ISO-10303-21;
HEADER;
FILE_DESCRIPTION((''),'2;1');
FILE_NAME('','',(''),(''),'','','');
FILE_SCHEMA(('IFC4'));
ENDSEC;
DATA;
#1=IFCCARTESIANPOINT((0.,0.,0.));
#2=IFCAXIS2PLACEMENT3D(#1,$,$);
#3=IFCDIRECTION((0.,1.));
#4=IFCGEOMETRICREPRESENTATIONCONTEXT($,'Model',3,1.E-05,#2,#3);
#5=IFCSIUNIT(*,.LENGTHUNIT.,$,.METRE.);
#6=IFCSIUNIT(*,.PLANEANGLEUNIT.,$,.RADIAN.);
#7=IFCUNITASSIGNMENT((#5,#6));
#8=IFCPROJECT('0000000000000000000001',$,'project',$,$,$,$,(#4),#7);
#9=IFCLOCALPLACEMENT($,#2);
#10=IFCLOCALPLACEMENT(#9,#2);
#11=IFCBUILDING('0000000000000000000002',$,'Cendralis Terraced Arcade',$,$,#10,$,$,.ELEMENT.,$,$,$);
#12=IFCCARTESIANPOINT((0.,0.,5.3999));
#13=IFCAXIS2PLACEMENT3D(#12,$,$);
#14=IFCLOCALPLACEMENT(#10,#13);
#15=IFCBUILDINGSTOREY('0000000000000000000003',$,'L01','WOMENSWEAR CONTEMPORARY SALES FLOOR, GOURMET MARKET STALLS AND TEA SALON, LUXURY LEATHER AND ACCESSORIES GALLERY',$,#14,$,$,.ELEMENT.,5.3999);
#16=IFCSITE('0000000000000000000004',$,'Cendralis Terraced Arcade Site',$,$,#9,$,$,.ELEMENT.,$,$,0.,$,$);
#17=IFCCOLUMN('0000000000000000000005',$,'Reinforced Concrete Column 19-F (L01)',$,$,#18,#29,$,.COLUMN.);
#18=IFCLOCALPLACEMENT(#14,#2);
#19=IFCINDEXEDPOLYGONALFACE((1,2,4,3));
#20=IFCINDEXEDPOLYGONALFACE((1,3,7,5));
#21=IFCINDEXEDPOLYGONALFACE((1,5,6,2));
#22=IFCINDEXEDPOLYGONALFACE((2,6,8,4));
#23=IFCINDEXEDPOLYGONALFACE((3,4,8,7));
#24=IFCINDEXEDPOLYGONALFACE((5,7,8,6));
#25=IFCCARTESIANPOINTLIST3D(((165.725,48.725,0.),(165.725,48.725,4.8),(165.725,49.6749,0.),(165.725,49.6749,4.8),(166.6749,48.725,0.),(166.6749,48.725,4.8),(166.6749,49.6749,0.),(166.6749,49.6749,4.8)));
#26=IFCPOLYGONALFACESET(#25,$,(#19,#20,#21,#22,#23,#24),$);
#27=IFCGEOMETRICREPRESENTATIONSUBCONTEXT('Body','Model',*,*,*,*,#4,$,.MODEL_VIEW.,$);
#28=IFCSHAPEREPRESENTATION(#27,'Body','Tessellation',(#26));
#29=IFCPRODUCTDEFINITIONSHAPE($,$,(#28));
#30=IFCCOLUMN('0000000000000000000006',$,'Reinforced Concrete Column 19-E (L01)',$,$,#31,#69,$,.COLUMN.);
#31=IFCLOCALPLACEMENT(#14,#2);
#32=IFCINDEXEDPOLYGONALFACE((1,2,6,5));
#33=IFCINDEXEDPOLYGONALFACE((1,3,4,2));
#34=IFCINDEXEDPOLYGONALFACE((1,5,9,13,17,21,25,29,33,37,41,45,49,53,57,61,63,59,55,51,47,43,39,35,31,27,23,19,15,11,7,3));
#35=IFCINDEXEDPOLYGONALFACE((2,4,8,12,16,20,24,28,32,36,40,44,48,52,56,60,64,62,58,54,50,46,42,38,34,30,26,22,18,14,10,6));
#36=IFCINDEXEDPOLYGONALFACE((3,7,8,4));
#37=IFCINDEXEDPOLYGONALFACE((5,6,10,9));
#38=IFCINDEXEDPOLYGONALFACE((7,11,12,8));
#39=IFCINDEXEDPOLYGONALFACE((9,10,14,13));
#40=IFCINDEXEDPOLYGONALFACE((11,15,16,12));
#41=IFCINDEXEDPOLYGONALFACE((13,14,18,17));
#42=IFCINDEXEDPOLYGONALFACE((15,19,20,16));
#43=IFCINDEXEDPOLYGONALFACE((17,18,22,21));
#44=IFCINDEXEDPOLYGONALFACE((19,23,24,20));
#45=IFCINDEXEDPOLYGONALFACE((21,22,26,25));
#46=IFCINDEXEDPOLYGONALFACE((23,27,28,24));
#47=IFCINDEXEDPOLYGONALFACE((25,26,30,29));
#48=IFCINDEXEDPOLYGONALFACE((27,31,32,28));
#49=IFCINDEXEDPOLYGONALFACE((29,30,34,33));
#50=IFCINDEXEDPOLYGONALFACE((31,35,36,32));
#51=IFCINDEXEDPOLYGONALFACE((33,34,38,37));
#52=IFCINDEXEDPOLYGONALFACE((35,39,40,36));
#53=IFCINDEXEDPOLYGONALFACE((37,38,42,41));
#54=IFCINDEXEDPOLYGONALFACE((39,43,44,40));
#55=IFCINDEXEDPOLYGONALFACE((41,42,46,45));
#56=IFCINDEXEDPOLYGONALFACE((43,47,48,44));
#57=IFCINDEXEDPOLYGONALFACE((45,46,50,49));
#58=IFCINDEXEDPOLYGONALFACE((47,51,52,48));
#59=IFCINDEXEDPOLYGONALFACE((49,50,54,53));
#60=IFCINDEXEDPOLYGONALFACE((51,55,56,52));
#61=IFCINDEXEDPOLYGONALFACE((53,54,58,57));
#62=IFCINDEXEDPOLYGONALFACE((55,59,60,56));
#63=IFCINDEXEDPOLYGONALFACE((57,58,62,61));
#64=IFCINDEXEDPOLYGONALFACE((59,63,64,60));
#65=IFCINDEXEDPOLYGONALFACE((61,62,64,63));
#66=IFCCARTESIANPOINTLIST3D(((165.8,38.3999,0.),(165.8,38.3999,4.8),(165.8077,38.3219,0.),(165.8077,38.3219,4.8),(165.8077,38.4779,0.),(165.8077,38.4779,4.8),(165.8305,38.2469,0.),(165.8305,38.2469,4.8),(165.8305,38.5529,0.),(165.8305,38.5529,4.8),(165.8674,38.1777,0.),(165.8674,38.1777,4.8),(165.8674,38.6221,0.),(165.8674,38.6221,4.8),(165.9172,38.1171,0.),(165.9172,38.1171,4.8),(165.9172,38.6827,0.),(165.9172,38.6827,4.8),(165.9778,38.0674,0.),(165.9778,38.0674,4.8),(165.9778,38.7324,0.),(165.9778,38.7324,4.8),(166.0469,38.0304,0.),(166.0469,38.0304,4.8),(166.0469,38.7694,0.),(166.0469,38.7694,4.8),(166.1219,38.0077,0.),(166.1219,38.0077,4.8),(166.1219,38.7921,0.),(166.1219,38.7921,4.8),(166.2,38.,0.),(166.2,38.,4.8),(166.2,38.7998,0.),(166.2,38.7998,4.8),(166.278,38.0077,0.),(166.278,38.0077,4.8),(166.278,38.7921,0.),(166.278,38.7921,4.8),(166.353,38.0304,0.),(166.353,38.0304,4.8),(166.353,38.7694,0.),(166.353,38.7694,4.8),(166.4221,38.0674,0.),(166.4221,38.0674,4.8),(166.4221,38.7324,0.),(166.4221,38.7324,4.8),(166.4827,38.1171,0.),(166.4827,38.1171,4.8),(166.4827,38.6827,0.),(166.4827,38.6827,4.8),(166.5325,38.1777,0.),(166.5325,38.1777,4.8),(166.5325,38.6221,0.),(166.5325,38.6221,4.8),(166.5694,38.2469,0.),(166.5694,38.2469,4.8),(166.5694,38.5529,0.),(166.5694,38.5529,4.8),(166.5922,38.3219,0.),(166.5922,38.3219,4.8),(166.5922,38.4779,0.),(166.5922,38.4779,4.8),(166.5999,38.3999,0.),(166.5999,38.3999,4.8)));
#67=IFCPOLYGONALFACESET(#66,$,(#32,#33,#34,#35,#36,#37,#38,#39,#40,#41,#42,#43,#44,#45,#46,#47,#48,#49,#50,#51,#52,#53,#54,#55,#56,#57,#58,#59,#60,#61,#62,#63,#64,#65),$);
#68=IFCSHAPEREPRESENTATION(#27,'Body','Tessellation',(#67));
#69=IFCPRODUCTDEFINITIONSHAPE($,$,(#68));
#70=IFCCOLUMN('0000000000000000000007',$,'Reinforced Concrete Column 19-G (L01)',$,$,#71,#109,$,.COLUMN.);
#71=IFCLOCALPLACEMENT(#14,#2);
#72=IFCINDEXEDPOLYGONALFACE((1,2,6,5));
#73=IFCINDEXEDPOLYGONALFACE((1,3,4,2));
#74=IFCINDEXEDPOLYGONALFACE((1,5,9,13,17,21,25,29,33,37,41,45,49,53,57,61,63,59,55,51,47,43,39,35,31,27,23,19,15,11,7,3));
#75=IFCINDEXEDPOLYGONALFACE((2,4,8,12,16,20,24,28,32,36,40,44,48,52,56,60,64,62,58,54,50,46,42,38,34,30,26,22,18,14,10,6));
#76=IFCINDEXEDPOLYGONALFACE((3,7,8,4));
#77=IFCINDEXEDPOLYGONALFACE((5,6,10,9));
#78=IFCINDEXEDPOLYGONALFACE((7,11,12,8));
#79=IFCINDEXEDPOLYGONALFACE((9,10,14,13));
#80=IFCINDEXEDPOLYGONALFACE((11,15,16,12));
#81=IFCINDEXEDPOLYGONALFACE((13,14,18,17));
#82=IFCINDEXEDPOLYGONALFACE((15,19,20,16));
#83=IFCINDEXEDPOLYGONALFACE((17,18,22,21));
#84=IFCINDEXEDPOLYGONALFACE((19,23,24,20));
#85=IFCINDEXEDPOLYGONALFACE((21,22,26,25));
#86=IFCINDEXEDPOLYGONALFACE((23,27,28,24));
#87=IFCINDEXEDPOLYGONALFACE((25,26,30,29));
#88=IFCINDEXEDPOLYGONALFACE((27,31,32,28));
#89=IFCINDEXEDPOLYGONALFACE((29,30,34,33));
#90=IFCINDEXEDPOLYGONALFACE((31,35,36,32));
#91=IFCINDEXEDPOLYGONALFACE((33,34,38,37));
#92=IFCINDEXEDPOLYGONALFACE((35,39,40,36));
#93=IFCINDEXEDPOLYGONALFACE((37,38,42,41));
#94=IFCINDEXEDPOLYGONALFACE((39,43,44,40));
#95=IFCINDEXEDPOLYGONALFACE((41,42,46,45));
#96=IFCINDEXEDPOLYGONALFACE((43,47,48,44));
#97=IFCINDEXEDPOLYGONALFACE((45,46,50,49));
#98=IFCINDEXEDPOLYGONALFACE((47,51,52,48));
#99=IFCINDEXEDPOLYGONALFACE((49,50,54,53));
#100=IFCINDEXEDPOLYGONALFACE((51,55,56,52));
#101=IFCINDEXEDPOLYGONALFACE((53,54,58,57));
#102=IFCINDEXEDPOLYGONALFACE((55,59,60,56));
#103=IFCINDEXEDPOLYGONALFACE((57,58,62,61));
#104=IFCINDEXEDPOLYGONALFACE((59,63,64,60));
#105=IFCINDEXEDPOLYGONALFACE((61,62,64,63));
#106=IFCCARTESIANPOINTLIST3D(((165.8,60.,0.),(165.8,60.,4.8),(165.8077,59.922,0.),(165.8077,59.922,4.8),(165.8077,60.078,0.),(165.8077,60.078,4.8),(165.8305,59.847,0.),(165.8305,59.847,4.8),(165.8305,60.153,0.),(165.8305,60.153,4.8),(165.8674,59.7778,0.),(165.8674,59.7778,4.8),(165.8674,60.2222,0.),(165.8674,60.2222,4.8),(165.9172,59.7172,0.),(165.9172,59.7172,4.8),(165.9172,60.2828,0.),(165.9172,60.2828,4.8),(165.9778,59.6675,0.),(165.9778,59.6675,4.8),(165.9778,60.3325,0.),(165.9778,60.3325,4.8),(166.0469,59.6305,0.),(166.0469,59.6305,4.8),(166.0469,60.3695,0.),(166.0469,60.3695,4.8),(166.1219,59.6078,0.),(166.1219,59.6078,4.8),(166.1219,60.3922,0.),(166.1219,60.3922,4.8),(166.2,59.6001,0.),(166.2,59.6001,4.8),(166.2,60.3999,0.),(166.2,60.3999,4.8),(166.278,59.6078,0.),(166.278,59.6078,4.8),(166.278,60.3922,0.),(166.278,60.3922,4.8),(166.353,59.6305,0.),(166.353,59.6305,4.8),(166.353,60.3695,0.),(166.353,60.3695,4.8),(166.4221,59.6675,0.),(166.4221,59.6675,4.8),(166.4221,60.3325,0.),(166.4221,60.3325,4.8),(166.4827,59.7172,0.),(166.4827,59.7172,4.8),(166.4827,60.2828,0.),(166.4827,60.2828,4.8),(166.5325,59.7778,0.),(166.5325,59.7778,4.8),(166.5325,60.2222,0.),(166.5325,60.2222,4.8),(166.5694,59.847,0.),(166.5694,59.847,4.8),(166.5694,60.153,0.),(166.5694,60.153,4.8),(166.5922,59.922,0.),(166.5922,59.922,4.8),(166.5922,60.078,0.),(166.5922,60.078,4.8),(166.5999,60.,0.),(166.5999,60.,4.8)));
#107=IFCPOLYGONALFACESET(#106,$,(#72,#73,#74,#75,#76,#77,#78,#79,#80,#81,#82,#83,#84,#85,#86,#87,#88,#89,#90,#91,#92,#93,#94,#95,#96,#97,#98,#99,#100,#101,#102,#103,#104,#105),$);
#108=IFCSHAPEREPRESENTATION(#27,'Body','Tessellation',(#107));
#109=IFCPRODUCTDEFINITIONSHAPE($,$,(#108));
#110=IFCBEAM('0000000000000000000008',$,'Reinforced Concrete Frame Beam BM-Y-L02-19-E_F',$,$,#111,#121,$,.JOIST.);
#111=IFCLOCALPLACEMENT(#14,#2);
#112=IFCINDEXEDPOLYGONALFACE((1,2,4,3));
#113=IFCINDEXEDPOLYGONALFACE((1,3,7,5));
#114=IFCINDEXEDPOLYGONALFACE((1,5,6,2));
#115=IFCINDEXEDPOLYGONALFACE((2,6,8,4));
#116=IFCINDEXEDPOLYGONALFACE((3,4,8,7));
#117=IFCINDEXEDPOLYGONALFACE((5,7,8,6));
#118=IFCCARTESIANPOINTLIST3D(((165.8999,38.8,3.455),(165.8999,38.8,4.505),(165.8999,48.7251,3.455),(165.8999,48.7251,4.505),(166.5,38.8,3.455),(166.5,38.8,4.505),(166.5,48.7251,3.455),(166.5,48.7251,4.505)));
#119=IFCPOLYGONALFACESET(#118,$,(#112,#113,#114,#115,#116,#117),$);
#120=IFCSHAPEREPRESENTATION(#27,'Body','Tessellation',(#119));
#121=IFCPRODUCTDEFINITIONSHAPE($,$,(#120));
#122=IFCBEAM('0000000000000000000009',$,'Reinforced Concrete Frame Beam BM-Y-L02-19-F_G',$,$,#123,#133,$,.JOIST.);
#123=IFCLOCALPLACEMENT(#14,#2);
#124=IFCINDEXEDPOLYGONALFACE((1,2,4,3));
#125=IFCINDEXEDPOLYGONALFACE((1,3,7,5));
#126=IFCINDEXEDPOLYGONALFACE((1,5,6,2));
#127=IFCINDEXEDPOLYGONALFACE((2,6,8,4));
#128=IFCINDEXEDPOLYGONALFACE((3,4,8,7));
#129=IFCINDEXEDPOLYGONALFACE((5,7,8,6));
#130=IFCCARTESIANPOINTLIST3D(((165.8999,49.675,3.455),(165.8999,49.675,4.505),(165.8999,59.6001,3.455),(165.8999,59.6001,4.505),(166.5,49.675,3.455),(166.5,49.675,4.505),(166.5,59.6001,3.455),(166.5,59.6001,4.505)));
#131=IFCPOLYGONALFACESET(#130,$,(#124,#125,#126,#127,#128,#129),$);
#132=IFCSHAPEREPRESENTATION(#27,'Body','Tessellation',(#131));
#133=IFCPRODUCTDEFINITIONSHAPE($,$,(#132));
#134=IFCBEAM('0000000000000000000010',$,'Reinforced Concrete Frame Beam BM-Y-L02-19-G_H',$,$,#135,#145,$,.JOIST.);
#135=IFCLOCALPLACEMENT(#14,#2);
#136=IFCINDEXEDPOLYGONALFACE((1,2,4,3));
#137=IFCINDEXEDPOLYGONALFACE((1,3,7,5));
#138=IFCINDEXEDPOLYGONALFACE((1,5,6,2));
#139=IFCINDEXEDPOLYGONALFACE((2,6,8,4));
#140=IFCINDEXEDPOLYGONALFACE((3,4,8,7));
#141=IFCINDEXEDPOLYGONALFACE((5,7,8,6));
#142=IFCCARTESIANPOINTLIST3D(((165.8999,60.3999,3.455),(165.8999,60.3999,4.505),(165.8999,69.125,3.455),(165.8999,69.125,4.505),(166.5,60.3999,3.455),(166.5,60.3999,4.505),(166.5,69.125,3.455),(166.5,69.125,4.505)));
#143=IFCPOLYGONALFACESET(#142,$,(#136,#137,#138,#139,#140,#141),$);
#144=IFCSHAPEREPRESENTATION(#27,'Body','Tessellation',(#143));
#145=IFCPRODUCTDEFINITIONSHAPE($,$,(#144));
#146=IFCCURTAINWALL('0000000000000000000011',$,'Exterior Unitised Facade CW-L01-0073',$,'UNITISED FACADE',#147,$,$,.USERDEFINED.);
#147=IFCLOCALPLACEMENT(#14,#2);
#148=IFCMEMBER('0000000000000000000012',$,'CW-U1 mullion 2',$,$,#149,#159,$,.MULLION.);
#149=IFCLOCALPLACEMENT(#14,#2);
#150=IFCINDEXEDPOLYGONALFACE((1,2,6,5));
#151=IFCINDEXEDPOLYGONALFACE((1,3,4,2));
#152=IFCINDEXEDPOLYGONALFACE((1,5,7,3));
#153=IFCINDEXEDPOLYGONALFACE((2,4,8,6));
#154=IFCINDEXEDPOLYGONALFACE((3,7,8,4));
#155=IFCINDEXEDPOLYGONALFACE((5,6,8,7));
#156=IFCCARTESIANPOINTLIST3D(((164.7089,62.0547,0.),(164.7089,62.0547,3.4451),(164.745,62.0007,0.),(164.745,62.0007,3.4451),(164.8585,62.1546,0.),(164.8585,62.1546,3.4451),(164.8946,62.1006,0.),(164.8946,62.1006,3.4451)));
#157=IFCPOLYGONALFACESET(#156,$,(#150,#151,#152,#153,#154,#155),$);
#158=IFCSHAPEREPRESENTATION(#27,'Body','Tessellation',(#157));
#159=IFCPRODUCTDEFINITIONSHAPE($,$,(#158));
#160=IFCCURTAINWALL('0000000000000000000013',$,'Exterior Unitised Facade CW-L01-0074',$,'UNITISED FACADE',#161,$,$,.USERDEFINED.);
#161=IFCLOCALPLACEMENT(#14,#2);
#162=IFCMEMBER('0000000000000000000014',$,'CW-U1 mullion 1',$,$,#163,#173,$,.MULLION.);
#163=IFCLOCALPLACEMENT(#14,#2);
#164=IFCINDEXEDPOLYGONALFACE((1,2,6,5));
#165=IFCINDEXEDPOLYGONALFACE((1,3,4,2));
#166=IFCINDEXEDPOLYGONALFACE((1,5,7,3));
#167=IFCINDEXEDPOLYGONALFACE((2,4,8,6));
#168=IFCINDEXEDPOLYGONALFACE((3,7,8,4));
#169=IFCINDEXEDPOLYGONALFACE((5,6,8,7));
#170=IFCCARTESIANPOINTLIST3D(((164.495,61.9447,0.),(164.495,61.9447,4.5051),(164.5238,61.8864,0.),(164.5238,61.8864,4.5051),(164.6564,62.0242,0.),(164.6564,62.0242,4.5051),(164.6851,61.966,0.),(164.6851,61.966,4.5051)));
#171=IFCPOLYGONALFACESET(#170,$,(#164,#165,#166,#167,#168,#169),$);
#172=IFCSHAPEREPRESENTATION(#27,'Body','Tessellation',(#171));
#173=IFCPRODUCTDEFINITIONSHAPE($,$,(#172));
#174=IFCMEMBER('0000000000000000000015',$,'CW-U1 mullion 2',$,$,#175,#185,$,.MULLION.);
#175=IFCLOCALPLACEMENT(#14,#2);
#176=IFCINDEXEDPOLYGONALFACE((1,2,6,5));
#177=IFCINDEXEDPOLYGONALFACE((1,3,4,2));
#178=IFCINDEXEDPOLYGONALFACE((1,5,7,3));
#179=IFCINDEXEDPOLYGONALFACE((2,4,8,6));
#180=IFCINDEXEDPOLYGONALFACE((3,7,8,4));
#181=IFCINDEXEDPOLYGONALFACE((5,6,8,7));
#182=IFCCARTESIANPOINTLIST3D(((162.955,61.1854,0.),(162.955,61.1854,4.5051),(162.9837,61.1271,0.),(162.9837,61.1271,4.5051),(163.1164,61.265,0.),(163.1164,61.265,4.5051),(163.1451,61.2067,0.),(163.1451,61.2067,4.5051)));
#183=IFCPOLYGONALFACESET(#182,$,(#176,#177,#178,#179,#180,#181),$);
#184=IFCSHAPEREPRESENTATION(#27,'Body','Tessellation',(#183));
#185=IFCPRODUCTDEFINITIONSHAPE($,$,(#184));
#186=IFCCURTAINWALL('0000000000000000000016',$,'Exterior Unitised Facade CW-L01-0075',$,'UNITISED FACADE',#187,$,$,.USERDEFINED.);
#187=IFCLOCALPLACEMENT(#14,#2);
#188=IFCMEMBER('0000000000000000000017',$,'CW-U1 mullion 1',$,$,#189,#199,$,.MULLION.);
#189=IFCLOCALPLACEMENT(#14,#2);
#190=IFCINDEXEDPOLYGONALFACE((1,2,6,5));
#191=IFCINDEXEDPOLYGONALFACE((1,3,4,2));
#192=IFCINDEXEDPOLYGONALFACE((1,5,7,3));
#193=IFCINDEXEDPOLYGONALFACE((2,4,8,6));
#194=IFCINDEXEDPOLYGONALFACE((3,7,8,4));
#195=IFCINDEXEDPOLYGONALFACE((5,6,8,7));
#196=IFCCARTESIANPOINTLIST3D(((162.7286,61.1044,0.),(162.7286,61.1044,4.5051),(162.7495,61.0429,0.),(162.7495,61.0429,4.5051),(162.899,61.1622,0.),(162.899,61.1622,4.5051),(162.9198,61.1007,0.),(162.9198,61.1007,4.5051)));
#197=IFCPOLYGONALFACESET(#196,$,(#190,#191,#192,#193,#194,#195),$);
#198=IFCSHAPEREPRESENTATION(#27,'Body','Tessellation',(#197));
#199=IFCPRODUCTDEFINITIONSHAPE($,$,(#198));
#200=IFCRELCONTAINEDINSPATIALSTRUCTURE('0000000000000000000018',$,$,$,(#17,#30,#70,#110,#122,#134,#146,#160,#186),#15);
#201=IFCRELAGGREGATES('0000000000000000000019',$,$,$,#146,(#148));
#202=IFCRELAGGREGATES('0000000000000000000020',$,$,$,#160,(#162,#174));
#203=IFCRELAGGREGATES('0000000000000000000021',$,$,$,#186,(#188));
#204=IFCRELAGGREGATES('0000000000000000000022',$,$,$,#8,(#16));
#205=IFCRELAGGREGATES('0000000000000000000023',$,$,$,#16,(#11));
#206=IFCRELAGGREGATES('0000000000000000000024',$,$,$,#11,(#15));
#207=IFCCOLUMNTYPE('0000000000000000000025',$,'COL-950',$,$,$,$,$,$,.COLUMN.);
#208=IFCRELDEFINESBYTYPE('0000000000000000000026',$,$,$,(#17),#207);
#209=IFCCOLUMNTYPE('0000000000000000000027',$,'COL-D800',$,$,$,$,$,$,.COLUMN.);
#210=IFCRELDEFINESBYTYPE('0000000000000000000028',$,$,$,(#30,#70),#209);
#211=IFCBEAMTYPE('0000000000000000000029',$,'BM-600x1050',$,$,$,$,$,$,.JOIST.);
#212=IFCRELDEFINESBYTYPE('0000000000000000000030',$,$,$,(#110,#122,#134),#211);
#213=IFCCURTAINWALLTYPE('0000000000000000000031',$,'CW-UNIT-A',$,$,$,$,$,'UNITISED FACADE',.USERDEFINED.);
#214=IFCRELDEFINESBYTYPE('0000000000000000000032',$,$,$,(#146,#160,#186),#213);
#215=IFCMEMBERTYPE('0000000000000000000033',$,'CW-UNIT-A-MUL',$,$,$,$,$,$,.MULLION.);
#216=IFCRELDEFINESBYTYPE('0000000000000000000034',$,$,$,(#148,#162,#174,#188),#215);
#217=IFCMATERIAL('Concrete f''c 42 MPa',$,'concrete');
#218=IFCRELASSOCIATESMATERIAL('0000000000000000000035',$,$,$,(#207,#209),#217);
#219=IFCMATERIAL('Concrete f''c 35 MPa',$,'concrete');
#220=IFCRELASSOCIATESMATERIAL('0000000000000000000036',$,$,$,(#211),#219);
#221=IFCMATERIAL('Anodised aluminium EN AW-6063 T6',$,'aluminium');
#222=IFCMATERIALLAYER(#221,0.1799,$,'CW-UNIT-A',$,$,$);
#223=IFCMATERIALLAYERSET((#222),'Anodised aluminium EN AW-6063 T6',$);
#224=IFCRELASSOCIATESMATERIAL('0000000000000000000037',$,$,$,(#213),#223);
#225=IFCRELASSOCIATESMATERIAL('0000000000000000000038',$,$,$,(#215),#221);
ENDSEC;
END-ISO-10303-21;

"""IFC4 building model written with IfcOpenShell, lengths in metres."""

from ifc_helpers import new_model, si_unit, direction, frame, origin, origin_2d, place, context, subcontext, project, spatial, rectangle, circle, extrude, material, layer, layer_set, material_profile, profile_set, type_object, element, aggregate, save


model = new_model("IFC4")

# Units and contexts
model_context = context("Model", 3, precision=1e-05, world=origin(), true_north=direction((0.0, 1.0)))
body_context = subcontext(model_context, "Body", "Model", "MODEL_VIEW")
ifc_project = project(units=[si_unit("LENGTHUNIT", "METRE"), si_unit("PLANEANGLEUNIT", "RADIAN")], contexts=[model_context])

# Site, building, storey
site_placement = place(None, origin())
site = spatial("IfcSite", under=ifc_project, at=site_placement, Name="Cendralis Terraced Arcade Site", CompositionType="ELEMENT", RefElevation=0.0)
building_placement = place(site_placement, origin())
building = spatial("IfcBuilding", under=site, at=building_placement, Name="Cendralis Terraced Arcade", CompositionType="ELEMENT")
storey_placement = place(building_placement, frame((0.0, 0.0, 5.3999)))
storey = spatial("IfcBuildingStorey", under=building, at=storey_placement, Name="L01", Description="WOMENSWEAR CONTEMPORARY SALES FLOOR, GOURMET MARKET STALLS AND TEA SALON, LUXURY LEATHER AND ACCESSORIES GALLERY", CompositionType="ELEMENT", Elevation=5.3999)

# Columns
ifc_material_1 = material(Name="Concrete f'c 42 MPa", Category="concrete")
ifc_material_profile_1 = material_profile(ifc_material_1, rectangle(XDim=0.95, YDim=0.95, at=origin_2d()), Name="RC-COL-950x950", Category="LoadBearing")
ifc_profile_set_1 = profile_set([ifc_material_profile_1], Name="Concrete f'c 42 MPa")
column_type_1 = type_object("IfcColumnType", Name="COL-950", PredefinedType="COLUMN", material=ifc_profile_set_1)
column_placement = place(storey_placement, frame((166.2, 49.2, 0.0), z_axis=(0.0, 0.0, 1.0), x_axis=(1.0, 0.0, 0.0)))
element("IfcColumn", 1, at=column_placement, inside=storey, type_object=column_type_1, Name="Reinforced Concrete Column 19-F (L01)", PredefinedType="COLUMN", context=body_context, shape_type="SweptSolid", body=[
    extrude(rectangle(XDim=0.95, YDim=0.95, at=origin_2d()), origin(), (0.0, 0.0, 1.0), 4.8),
])
ifc_material_profile_2 = material_profile(ifc_material_1, circle(Radius=0.3999, at=origin_2d()), Name="RC-COL-D800", Category="LoadBearing")
ifc_profile_set_2 = profile_set([ifc_material_profile_2], Name="Concrete f'c 42 MPa")
column_type_2 = type_object("IfcColumnType", Name="COL-D800", PredefinedType="COLUMN", material=ifc_profile_set_2)
for number, where, z_axis, x_axis, name in (
    (2, (166.2, 38.3999, 0.0), (0.0, 0.0, 1.0), (1.0, 0.0, 0.0), "Reinforced Concrete Column 19-E (L01)"),
    (3, (166.2, 60.0, 0.0), (0.0, 0.0, 1.0), (1.0, 0.0, 0.0), "Reinforced Concrete Column 19-G (L01)"),
):
    element("IfcColumn", number, at=place(storey_placement, frame(where, z_axis=z_axis, x_axis=x_axis)), inside=storey, type_object=column_type_2, Name=name, PredefinedType="COLUMN", context=body_context, shape_type="SweptSolid", body=[
        extrude(circle(Radius=0.3999, at=origin_2d()), origin(), (0.0, 0.0, 1.0), 4.8),
    ])

# Beams
ifc_material_2 = material(Name="Concrete f'c 35 MPa", Category="concrete")
ifc_material_profile_3 = material_profile(ifc_material_2, rectangle(XDim=0.6001, YDim=1.05, at=origin_2d()), Name="RC-BM-600x1050", Category="LoadBearing")
ifc_profile_set_3 = profile_set([ifc_material_profile_3], Name="Concrete f'c 35 MPa")
beam_type = type_object("IfcBeamType", Name="BM-600x1050", PredefinedType="JOIST", material=ifc_profile_set_3)
for number, where, z_axis, x_axis, name in (
    (4, (166.2, 38.8, 3.98), (0.0, 1.0, 0.0), (-1.0, 0.0, 0.0), "Reinforced Concrete Frame Beam BM-Y-L02-19-E_F"),
    (5, (166.2, 49.675, 3.98), (0.0, 1.0, 0.0), (-1.0, 0.0, 0.0), "Reinforced Concrete Frame Beam BM-Y-L02-19-F_G"),
):
    element("IfcBeam", number, at=place(storey_placement, frame(where, z_axis=z_axis, x_axis=x_axis)), inside=storey, type_object=beam_type, Name=name, PredefinedType="JOIST", context=body_context, shape_type="SweptSolid", body=[
        extrude(rectangle(XDim=0.6001, YDim=1.05, at=origin_2d()), origin(), (0.0, 0.0, 1.0), 9.925),
    ])
beam_placement = place(storey_placement, frame((166.2, 60.3999, 3.98), z_axis=(0.0, 1.0, 0.0), x_axis=(-1.0, 0.0, 0.0)))
element("IfcBeam", 6, at=beam_placement, inside=storey, type_object=beam_type, Name="Reinforced Concrete Frame Beam BM-Y-L02-19-G_H", PredefinedType="JOIST", context=body_context, shape_type="SweptSolid", body=[
    extrude(rectangle(XDim=0.6001, YDim=1.05, at=origin_2d()), origin(), (0.0, 0.0, 1.0), 8.7251),
])

# Curtain wall, member
ifc_material_3 = material(Name="Anodised aluminium EN AW-6063 T6", Category="aluminium")
ifc_layer_1 = layer(ifc_material_3, 0.1799, Name="CW-UNIT-A")
ifc_layer_set_1 = layer_set([ifc_layer_1], Name="Anodised aluminium EN AW-6063 T6")
curtain_wall_type = type_object("IfcCurtainWallType", Name="CW-UNIT-A", ElementType="UNITISED FACADE", PredefinedType="USERDEFINED", material=ifc_layer_set_1)
curtain_wall_1_placement = place(storey_placement, origin())
curtain_wall_1 = element("IfcCurtainWall", 7, at=curtain_wall_1_placement, inside=storey, type_object=curtain_wall_type, Name="Exterior Unitised Facade CW-L01-0073", ObjectType="UNITISED FACADE", PredefinedType="USERDEFINED")
ifc_material_profile_4 = material_profile(ifc_material_3, rectangle(XDim=0.0649, YDim=0.1799, at=origin_2d()), Name="ALU-MUL-65x180")
ifc_profile_set_4 = profile_set([ifc_material_profile_4], Name="Anodised aluminium EN AW-6063 T6")
member_type_1 = type_object("IfcMemberType", Name="CW-UNIT-A-MUL", PredefinedType="MULLION", material=ifc_profile_set_4)
member_1_placement = place(storey_placement, frame((164.8018, 62.0776, 0.0), z_axis=(0.0, 0.0, 1.0), x_axis=(0.555567, -0.831471, 0.0)))
member_1 = element("IfcMember", 8, at=member_1_placement, type_object=member_type_1, Name="CW-U1 mullion 2", PredefinedType="MULLION", context=body_context, shape_type="SweptSolid", body=[
    extrude(rectangle(XDim=0.0649, YDim=0.1799, at=origin_2d()), origin(), (0.0, 0.0, 1.0), 3.4451),
])

# Curtain wall, members
curtain_wall_2_placement = place(storey_placement, origin())
curtain_wall_2 = element("IfcCurtainWall", 9, at=curtain_wall_2_placement, inside=storey, type_object=curtain_wall_type, Name="Exterior Unitised Facade CW-L01-0074", ObjectType="UNITISED FACADE", PredefinedType="USERDEFINED")
member_2_placement = place(storey_placement, frame((164.5901, 61.9553, 0.0), z_axis=(0.0, 0.0, 1.0), x_axis=(0.442291, -0.896871, 0.0)))
member_2 = element("IfcMember", 10, at=member_2_placement, type_object=member_type_1, Name="CW-U1 mullion 1", PredefinedType="MULLION", context=body_context, shape_type="SweptSolid", body=[
    extrude(rectangle(XDim=0.0649, YDim=0.1799, at=origin_2d()), origin(), (0.0, 0.0, 1.0), 4.5051),
])
member_3_placement = place(storey_placement, frame((163.05, 61.196, 0.0), z_axis=(0.0, 0.0, 1.0), x_axis=(0.442291, -0.896871, 0.0)))
member_3 = element("IfcMember", 11, at=member_3_placement, type_object=member_type_1, Name="CW-U1 mullion 2", PredefinedType="MULLION", context=body_context, shape_type="SweptSolid", body=[
    extrude(rectangle(XDim=0.0649, YDim=0.1799, at=origin_2d()), origin(), (0.0, 0.0, 1.0), 4.5051),
])

# Curtain wall, member
curtain_wall_3_placement = place(storey_placement, origin())
curtain_wall_3 = element("IfcCurtainWall", 12, at=curtain_wall_3_placement, inside=storey, type_object=curtain_wall_type, Name="Exterior Unitised Facade CW-L01-0075", ObjectType="UNITISED FACADE", PredefinedType="USERDEFINED")
member_4_placement = place(storey_placement, frame((162.8242, 61.1025, 0.0), z_axis=(0.0, 0.0, 1.0), x_axis=(0.321458, -0.946924, 0.0)))
member_4 = element("IfcMember", 13, at=member_4_placement, type_object=member_type_1, Name="CW-U1 mullion 1", PredefinedType="MULLION", context=body_context, shape_type="SweptSolid", body=[
    extrude(rectangle(XDim=0.0649, YDim=0.1799, at=origin_2d()), origin(), (0.0, 0.0, 1.0), 4.5051),
])

aggregate(curtain_wall_1, [member_1])
aggregate(curtain_wall_2, [member_2, member_3])
aggregate(curtain_wall_3, [member_4])

save(model, "model.ifc")
